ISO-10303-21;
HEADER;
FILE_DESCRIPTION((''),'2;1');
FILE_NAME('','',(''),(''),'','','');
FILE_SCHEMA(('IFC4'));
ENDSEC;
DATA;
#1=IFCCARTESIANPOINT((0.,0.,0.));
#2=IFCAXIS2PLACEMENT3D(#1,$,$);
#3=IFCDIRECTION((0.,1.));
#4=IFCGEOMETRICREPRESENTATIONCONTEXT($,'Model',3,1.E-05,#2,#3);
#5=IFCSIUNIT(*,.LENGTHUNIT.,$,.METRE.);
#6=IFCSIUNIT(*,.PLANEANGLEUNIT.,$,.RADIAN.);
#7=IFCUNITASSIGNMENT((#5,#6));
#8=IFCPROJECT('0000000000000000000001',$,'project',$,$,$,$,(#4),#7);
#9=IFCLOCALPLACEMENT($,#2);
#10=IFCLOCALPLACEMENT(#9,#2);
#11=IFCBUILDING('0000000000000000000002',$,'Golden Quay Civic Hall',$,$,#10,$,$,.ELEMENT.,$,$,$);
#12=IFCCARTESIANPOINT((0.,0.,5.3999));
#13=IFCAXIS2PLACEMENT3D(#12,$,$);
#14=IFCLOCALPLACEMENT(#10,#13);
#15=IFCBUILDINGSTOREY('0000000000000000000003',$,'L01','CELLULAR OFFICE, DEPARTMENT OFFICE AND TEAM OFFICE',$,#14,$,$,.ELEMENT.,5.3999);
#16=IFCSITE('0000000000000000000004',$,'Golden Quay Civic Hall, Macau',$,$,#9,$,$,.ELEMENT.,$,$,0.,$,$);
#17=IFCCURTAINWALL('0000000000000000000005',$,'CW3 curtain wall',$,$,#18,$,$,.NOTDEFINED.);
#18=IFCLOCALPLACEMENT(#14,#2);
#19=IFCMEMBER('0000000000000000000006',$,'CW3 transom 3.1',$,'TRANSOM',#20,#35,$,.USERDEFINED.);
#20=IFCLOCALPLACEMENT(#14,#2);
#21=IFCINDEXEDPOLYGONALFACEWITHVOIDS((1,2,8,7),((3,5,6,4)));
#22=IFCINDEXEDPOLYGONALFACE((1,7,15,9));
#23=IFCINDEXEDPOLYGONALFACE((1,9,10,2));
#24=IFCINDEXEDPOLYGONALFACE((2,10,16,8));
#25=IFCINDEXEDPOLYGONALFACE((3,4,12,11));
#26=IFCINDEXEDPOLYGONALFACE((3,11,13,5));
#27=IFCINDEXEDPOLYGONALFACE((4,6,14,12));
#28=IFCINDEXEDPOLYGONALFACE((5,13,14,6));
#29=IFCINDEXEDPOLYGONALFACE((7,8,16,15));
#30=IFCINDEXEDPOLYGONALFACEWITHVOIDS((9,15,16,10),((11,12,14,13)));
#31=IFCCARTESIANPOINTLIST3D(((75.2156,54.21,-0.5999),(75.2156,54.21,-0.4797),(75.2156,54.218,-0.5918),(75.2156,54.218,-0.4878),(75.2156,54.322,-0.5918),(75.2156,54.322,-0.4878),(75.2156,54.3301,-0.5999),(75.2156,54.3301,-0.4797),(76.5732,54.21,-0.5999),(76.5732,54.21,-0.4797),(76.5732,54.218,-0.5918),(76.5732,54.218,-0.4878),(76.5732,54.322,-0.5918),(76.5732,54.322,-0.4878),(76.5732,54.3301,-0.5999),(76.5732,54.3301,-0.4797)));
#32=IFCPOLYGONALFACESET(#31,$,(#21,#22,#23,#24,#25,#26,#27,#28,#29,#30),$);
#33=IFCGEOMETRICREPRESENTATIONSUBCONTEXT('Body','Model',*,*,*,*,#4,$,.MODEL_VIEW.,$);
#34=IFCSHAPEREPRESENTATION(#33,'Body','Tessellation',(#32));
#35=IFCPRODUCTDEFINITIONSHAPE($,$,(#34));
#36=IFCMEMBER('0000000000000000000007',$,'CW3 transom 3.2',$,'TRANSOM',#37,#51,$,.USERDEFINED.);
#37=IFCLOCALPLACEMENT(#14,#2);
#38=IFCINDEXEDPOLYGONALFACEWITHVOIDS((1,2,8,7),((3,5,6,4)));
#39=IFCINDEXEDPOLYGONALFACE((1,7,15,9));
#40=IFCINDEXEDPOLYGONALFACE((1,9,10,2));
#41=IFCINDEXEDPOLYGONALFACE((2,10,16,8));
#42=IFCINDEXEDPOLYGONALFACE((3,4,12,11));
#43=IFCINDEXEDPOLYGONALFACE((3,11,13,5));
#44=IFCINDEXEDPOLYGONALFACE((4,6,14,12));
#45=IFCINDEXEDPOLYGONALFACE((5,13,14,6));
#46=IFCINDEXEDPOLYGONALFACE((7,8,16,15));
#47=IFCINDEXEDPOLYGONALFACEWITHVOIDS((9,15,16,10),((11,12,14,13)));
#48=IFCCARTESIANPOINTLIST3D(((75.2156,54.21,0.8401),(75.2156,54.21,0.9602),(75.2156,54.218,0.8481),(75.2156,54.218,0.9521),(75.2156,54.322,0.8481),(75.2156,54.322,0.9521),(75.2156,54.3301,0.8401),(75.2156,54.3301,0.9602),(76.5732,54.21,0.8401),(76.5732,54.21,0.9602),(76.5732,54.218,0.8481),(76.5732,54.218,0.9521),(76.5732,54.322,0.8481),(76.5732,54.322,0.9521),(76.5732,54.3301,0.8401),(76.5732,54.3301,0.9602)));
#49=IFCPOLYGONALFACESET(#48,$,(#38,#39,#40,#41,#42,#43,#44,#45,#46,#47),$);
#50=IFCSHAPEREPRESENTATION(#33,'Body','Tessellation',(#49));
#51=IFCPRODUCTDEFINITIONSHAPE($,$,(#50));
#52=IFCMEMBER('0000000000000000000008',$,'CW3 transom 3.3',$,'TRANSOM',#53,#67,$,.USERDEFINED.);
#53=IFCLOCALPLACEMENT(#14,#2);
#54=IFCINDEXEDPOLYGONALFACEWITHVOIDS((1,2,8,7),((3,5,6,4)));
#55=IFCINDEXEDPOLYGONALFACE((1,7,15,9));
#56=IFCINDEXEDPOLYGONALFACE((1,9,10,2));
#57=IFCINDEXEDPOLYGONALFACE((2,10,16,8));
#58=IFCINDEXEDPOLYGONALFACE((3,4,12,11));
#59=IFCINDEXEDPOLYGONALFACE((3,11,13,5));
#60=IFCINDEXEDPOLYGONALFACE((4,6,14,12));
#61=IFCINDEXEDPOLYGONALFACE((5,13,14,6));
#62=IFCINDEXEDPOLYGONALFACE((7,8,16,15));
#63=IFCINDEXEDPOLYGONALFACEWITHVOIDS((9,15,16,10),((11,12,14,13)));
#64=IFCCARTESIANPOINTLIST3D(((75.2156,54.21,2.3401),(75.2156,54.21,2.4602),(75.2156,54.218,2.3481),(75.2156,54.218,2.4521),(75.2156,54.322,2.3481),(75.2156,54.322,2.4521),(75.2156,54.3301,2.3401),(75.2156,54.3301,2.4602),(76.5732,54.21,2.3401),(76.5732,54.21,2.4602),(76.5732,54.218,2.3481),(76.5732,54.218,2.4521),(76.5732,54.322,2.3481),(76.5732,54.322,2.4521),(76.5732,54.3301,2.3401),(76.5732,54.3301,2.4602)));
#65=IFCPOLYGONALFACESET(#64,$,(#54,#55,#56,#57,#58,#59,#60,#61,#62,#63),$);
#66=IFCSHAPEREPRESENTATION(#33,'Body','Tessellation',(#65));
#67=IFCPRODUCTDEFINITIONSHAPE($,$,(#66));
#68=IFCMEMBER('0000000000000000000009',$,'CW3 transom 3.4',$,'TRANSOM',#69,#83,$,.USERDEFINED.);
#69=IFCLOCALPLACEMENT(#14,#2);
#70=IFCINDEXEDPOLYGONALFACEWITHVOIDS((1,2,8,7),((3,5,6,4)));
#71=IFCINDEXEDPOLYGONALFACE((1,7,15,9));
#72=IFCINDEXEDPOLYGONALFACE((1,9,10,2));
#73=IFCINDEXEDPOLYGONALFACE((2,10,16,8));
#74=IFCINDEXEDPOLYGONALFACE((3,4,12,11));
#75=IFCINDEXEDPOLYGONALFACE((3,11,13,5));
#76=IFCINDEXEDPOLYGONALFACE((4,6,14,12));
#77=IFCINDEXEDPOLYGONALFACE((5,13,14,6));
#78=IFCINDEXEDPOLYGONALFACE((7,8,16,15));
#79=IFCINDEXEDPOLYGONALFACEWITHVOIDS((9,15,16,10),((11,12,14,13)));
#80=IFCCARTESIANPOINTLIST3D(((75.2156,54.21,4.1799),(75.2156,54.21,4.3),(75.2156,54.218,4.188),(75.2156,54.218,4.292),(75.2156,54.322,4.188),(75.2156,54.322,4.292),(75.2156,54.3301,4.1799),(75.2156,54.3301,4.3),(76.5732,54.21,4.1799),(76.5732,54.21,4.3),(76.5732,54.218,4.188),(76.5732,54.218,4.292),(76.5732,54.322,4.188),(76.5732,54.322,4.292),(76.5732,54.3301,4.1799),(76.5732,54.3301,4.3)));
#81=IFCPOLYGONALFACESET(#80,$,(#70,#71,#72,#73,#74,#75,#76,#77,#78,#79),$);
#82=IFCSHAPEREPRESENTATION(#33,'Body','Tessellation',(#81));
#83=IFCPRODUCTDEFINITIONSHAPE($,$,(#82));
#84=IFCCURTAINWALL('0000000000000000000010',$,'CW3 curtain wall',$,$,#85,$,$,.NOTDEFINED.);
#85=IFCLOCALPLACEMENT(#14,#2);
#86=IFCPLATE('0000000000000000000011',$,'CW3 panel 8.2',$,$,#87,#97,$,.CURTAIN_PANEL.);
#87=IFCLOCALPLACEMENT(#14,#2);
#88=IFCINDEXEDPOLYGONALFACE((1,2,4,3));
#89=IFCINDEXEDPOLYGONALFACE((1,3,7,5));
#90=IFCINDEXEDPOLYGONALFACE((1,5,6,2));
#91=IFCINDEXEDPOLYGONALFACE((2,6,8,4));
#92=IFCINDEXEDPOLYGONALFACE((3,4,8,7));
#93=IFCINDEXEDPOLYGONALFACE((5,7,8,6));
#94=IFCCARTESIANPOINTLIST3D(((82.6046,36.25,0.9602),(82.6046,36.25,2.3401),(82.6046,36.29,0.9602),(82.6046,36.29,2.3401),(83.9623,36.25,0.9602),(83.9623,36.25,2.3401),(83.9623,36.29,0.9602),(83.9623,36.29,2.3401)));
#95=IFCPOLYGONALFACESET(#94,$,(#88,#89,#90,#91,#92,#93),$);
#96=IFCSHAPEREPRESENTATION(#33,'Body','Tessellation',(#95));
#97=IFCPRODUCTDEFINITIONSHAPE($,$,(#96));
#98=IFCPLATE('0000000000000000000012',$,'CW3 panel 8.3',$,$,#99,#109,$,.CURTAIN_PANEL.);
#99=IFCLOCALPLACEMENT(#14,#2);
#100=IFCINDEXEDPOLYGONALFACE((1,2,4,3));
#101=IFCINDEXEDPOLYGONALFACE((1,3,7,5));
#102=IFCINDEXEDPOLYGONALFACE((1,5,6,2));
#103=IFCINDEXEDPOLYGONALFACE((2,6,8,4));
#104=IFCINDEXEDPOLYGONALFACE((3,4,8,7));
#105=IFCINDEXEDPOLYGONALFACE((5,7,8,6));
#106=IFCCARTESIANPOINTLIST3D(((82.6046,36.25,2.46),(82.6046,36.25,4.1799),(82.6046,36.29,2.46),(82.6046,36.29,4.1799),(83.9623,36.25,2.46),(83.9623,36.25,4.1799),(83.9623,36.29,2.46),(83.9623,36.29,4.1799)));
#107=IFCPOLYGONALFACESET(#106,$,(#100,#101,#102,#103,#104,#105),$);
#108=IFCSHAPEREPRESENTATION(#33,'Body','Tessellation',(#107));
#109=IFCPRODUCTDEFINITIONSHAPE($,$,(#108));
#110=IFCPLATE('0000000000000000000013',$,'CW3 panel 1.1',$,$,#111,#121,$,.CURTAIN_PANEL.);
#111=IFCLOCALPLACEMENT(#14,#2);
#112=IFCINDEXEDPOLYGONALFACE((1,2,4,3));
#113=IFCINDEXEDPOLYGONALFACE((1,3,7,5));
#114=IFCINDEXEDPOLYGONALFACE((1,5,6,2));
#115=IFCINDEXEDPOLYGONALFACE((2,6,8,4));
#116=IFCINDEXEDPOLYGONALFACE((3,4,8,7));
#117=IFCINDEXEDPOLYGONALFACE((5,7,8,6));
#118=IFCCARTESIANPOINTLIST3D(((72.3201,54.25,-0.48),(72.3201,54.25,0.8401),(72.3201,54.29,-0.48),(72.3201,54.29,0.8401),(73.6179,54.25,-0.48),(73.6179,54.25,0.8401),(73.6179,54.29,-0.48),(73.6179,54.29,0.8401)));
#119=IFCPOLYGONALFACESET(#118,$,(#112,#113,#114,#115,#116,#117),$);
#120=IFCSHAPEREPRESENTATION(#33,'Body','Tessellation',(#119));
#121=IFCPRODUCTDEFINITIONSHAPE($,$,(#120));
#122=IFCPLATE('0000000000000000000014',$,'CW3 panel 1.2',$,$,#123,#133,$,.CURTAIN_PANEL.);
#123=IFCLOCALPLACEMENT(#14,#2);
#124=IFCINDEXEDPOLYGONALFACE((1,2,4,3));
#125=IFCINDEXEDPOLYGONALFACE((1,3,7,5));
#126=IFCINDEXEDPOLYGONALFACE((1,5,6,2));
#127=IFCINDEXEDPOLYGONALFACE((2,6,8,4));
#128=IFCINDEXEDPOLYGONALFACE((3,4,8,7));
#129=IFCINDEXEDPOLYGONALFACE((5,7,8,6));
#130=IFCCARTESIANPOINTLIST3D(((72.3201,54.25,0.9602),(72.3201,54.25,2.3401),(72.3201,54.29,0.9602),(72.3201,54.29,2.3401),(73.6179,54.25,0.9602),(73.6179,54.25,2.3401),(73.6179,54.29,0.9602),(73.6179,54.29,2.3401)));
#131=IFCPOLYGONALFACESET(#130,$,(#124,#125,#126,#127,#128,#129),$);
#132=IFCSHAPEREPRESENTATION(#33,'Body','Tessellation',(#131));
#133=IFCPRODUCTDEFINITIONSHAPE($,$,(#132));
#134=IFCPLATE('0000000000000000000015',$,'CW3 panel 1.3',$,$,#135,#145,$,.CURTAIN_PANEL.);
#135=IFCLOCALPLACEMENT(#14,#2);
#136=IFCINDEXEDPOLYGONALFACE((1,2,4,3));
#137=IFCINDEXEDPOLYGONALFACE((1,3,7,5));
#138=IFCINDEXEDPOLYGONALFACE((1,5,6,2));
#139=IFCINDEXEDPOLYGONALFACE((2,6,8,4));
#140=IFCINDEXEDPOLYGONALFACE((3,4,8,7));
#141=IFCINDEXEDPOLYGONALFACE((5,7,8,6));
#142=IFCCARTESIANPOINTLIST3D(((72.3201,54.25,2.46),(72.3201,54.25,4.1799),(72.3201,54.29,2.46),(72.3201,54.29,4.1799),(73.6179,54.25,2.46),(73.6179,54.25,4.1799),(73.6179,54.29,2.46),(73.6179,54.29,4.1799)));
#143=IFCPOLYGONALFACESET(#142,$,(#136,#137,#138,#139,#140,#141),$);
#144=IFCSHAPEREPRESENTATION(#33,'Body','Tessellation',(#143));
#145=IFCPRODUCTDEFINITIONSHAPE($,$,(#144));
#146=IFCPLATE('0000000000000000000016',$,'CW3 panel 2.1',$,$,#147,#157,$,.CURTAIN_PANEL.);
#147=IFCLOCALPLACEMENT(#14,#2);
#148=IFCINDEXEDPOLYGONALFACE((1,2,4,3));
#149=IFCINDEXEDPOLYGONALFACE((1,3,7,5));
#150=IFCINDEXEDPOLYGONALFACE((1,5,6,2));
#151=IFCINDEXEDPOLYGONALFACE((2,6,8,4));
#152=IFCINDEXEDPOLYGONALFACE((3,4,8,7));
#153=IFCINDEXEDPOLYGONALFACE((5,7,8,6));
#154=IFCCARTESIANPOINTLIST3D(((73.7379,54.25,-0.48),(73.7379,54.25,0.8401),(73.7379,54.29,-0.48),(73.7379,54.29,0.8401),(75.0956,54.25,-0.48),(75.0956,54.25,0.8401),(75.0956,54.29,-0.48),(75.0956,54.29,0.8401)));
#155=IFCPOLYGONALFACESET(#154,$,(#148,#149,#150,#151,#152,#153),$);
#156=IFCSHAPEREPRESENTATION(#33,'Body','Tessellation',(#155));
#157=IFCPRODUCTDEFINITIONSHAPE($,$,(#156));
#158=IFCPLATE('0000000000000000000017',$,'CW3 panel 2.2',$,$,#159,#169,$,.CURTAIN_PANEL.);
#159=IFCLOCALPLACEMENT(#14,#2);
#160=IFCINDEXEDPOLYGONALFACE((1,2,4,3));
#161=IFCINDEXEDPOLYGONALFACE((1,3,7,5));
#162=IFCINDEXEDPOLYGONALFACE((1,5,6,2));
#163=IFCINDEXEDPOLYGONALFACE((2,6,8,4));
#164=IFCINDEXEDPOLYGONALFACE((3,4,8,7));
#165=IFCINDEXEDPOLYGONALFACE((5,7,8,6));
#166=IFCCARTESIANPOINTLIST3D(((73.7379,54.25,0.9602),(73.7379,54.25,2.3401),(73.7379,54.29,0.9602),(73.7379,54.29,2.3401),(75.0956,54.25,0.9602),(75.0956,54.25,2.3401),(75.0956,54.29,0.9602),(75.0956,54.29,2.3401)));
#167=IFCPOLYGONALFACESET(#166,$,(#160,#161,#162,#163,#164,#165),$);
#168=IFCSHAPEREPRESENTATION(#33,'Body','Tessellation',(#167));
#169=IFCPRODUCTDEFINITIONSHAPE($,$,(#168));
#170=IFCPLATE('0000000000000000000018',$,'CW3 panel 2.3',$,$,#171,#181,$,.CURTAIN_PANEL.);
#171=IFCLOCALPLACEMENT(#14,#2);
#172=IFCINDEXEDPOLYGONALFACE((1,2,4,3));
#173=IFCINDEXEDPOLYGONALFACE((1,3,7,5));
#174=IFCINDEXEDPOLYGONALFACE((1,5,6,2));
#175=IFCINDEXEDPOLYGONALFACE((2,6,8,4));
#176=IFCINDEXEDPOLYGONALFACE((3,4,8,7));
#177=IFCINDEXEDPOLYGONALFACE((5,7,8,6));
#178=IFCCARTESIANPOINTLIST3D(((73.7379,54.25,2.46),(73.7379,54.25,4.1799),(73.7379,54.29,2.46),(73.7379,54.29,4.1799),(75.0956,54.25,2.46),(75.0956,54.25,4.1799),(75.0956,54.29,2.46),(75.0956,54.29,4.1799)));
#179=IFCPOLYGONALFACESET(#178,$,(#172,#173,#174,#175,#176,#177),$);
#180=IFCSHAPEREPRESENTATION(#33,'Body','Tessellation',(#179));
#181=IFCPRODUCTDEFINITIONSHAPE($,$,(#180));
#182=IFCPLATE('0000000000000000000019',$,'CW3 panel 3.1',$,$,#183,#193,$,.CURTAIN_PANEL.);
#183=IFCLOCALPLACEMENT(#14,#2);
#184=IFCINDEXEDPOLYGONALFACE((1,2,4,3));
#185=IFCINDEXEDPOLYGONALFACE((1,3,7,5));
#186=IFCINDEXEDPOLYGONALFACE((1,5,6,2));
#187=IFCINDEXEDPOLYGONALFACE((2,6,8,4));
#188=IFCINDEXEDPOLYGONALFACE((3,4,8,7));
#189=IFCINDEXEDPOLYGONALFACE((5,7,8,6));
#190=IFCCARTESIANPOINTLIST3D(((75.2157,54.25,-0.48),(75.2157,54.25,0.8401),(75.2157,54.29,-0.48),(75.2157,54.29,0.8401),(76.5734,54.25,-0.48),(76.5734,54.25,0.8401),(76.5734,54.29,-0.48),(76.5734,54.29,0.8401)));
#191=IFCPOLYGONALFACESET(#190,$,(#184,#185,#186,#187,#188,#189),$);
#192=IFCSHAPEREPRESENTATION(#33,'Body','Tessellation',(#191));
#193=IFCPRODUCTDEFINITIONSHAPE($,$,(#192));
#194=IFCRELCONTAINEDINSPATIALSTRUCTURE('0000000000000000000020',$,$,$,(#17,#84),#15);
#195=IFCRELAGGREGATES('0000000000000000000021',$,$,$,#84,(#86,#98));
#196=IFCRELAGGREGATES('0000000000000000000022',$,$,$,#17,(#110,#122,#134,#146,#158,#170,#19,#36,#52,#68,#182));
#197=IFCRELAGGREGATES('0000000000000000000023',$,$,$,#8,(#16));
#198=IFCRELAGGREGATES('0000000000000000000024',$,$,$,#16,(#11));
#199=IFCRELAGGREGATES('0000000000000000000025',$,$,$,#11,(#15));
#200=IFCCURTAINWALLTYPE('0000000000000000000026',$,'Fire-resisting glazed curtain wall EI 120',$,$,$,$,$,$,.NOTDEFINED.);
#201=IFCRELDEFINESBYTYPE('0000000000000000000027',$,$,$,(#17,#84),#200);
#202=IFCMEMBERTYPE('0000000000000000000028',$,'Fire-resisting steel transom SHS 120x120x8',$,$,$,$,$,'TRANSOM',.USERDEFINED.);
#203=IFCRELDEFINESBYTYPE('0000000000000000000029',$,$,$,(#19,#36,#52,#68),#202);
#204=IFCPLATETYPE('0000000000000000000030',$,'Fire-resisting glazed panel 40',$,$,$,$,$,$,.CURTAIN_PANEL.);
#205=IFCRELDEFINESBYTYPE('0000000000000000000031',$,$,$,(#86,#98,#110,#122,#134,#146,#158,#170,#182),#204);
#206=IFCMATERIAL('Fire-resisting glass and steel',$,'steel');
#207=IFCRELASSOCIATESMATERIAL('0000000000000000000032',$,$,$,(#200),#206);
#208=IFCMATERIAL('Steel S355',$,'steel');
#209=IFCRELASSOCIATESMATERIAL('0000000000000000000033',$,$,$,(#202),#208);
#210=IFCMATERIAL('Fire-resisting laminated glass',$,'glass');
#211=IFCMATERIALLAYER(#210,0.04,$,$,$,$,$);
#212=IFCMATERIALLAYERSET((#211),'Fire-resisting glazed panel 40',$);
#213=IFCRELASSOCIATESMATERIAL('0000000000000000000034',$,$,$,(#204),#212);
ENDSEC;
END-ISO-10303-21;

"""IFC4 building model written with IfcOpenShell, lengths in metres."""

from ifc_helpers import new_model, si_unit, direction, frame, origin, origin_2d, place, context, subcontext, project, spatial, rectangle, hollow_rectangle, extrude, material, layer, layer_set, material_profile, profile_set, type_object, element, aggregate, save


model = new_model("IFC4")

# Units and contexts
model_context = context("Model", 3, precision=1e-05, world=origin(), true_north=direction((0.0, 1.0)))
body_context = subcontext(model_context, "Body", "Model", "MODEL_VIEW")
ifc_project = project(units=[si_unit("LENGTHUNIT", "METRE"), si_unit("PLANEANGLEUNIT", "RADIAN")], contexts=[model_context])

# Site, building, storey
site_placement = place(None, origin())
site = spatial("IfcSite", under=ifc_project, at=site_placement, Name="Golden Quay Civic Hall, Macau", CompositionType="ELEMENT", RefElevation=0.0)
building_placement = place(site_placement, origin())
building = spatial("IfcBuilding", under=site, at=building_placement, Name="Golden Quay Civic Hall", CompositionType="ELEMENT")
storey_placement = place(building_placement, frame((0.0, 0.0, 5.3999)))
storey = spatial("IfcBuildingStorey", under=building, at=storey_placement, Name="L01", Description="CELLULAR OFFICE, DEPARTMENT OFFICE AND TEAM OFFICE", CompositionType="ELEMENT", Elevation=5.3999)

# Curtain wall, members
ifc_material_1 = material(Name="Fire-resisting glass and steel", Category="steel")
curtain_wall_type = type_object("IfcCurtainWallType", Name="Fire-resisting glazed curtain wall EI 120", PredefinedType="NOTDEFINED", material=ifc_material_1)
curtain_wall_1_placement = place(storey_placement, origin())
curtain_wall_1 = element("IfcCurtainWall", 1, at=curtain_wall_1_placement, inside=storey, type_object=curtain_wall_type, Name="CW3 curtain wall", PredefinedType="NOTDEFINED")
ifc_material_2 = material(Name="Steel S355", Category="steel")
ifc_material_profile_1 = material_profile(ifc_material_2, hollow_rectangle(XDim=0.1201, YDim=0.1201, WallThickness=0.0081, at=origin_2d()), Name="SHS 120x120x8")
ifc_profile_set_1 = profile_set([ifc_material_profile_1], Name="Steel S355")
member_type_1 = type_object("IfcMemberType", Name="Fire-resisting steel transom SHS 120x120x8", ElementType="TRANSOM", PredefinedType="USERDEFINED", material=ifc_profile_set_1)
member_1_placement = place(storey_placement, frame((75.2156, 54.27, -0.5398), z_axis=(1.0, 0.0, 0.0), x_axis=(0.0, 1.0, 0.0)))
member_1 = element("IfcMember", 2, at=member_1_placement, type_object=member_type_1, Name="CW3 transom 3.1", ObjectType="TRANSOM", PredefinedType="USERDEFINED", context=body_context, shape_type="SweptSolid", body=[
    extrude(hollow_rectangle(XDim=0.1201, YDim=0.1201, WallThickness=0.0081, at=origin_2d()), origin(), (0.0, 0.0, 1.0), 1.3577),
])
member_2_placement = place(storey_placement, frame((75.2156, 54.27, 0.9001), z_axis=(1.0, 0.0, 0.0), x_axis=(0.0, 1.0, 0.0)))
member_2 = element("IfcMember", 3, at=member_2_placement, type_object=member_type_1, Name="CW3 transom 3.2", ObjectType="TRANSOM", PredefinedType="USERDEFINED", context=body_context, shape_type="SweptSolid", body=[
    extrude(hollow_rectangle(XDim=0.1201, YDim=0.1201, WallThickness=0.0081, at=origin_2d()), origin(), (0.0, 0.0, 1.0), 1.3577),
])
member_3_placement = place(storey_placement, frame((75.2156, 54.27, 2.4001), z_axis=(1.0, 0.0, 0.0), x_axis=(0.0, 1.0, 0.0)))
member_3 = element("IfcMember", 4, at=member_3_placement, type_object=member_type_1, Name="CW3 transom 3.3", ObjectType="TRANSOM", PredefinedType="USERDEFINED", context=body_context, shape_type="SweptSolid", body=[
    extrude(hollow_rectangle(XDim=0.1201, YDim=0.1201, WallThickness=0.0081, at=origin_2d()), origin(), (0.0, 0.0, 1.0), 1.3577),
])
member_4_placement = place(storey_placement, frame((75.2156, 54.27, 4.24), z_axis=(1.0, 0.0, 0.0), x_axis=(0.0, 1.0, 0.0)))
member_4 = element("IfcMember", 5, at=member_4_placement, type_object=member_type_1, Name="CW3 transom 3.4", ObjectType="TRANSOM", PredefinedType="USERDEFINED", context=body_context, shape_type="SweptSolid", body=[
    extrude(hollow_rectangle(XDim=0.1201, YDim=0.1201, WallThickness=0.0081, at=origin_2d()), origin(), (0.0, 0.0, 1.0), 1.3577),
])

# Curtain wall, plates
curtain_wall_2_placement = place(storey_placement, origin())
curtain_wall_2 = element("IfcCurtainWall", 6, at=curtain_wall_2_placement, inside=storey, type_object=curtain_wall_type, Name="CW3 curtain wall", PredefinedType="NOTDEFINED")
ifc_material_3 = material(Name="Fire-resisting laminated glass", Category="glass")
ifc_layer = layer(ifc_material_3, 0.04)
ifc_layer_set = layer_set([ifc_layer], Name="Fire-resisting glazed panel 40")
plate_type = type_object("IfcPlateType", Name="Fire-resisting glazed panel 40", PredefinedType="CURTAIN_PANEL", material=ifc_layer_set)
plate_1_placement = place(storey_placement, frame((83.2834, 36.27, 0.9602), z_axis=(0.0, 0.0, 1.0), x_axis=(1.0, 0.0, 0.0)))
plate_1 = element("IfcPlate", 7, at=plate_1_placement, type_object=plate_type, Name="CW3 panel 8.2", PredefinedType="CURTAIN_PANEL", context=body_context, shape_type="SweptSolid", body=[
    extrude(rectangle(XDim=1.3577, YDim=0.04, at=origin_2d()), origin(), (0.0, 0.0, 1.0), 1.3799),
])
plate_2_placement = place(storey_placement, frame((83.2834, 36.27, 2.46), z_axis=(0.0, 0.0, 1.0), x_axis=(1.0, 0.0, 0.0)))
plate_2 = element("IfcPlate", 8, at=plate_2_placement, type_object=plate_type, Name="CW3 panel 8.3", PredefinedType="CURTAIN_PANEL", context=body_context, shape_type="SweptSolid", body=[
    extrude(rectangle(XDim=1.3577, YDim=0.04, at=origin_2d()), origin(), (0.0, 0.0, 1.0), 1.72),
])
aggregate(curtain_wall_2, [plate_1, plate_2])

# Plates
plate_3_placement = place(storey_placement, frame((72.969, 54.27, -0.48), z_axis=(0.0, 0.0, 1.0), x_axis=(1.0, 0.0, 0.0)))
plate_3 = element("IfcPlate", 9, at=plate_3_placement, type_object=plate_type, Name="CW3 panel 1.1", PredefinedType="CURTAIN_PANEL", context=body_context, shape_type="SweptSolid", body=[
    extrude(rectangle(XDim=1.2979, YDim=0.04, at=origin_2d()), origin(), (0.0, 0.0, 1.0), 1.3201),
])
plate_4_placement = place(storey_placement, frame((72.969, 54.27, 0.9602), z_axis=(0.0, 0.0, 1.0), x_axis=(1.0, 0.0, 0.0)))
plate_4 = element("IfcPlate", 10, at=plate_4_placement, type_object=plate_type, Name="CW3 panel 1.2", PredefinedType="CURTAIN_PANEL", context=body_context, shape_type="SweptSolid", body=[
    extrude(rectangle(XDim=1.2979, YDim=0.04, at=origin_2d()), origin(), (0.0, 0.0, 1.0), 1.3799),
])
plate_5_placement = place(storey_placement, frame((72.969, 54.27, 2.46), z_axis=(0.0, 0.0, 1.0), x_axis=(1.0, 0.0, 0.0)))
plate_5 = element("IfcPlate", 11, at=plate_5_placement, type_object=plate_type, Name="CW3 panel 1.3", PredefinedType="CURTAIN_PANEL", context=body_context, shape_type="SweptSolid", body=[
    extrude(rectangle(XDim=1.2979, YDim=0.04, at=origin_2d()), origin(), (0.0, 0.0, 1.0), 1.72),
])
plate_6_placement = place(storey_placement, frame((74.4167, 54.27, -0.48), z_axis=(0.0, 0.0, 1.0), x_axis=(1.0, 0.0, 0.0)))
plate_6 = element("IfcPlate", 12, at=plate_6_placement, type_object=plate_type, Name="CW3 panel 2.1", PredefinedType="CURTAIN_PANEL", context=body_context, shape_type="SweptSolid", body=[
    extrude(rectangle(XDim=1.3577, YDim=0.04, at=origin_2d()), origin(), (0.0, 0.0, 1.0), 1.3201),
])
plate_7_placement = place(storey_placement, frame((74.4167, 54.27, 0.9602), z_axis=(0.0, 0.0, 1.0), x_axis=(1.0, 0.0, 0.0)))
plate_7 = element("IfcPlate", 13, at=plate_7_placement, type_object=plate_type, Name="CW3 panel 2.2", PredefinedType="CURTAIN_PANEL", context=body_context, shape_type="SweptSolid", body=[
    extrude(rectangle(XDim=1.3577, YDim=0.04, at=origin_2d()), origin(), (0.0, 0.0, 1.0), 1.3799),
])
plate_8_placement = place(storey_placement, frame((74.4167, 54.27, 2.46), z_axis=(0.0, 0.0, 1.0), x_axis=(1.0, 0.0, 0.0)))
plate_8 = element("IfcPlate", 14, at=plate_8_placement, type_object=plate_type, Name="CW3 panel 2.3", PredefinedType="CURTAIN_PANEL", context=body_context, shape_type="SweptSolid", body=[
    extrude(rectangle(XDim=1.3577, YDim=0.04, at=origin_2d()), origin(), (0.0, 0.0, 1.0), 1.72),
])
plate_9_placement = place(storey_placement, frame((75.8945, 54.27, -0.48), z_axis=(0.0, 0.0, 1.0), x_axis=(1.0, 0.0, 0.0)))
plate_9 = element("IfcPlate", 15, at=plate_9_placement, type_object=plate_type, Name="CW3 panel 3.1", PredefinedType="CURTAIN_PANEL", context=body_context, shape_type="SweptSolid", body=[
    extrude(rectangle(XDim=1.3577, YDim=0.04, at=origin_2d()), origin(), (0.0, 0.0, 1.0), 1.3201),
])
aggregate(curtain_wall_1, [plate_3, plate_4, plate_5, plate_6, plate_7, plate_8, member_1, member_2, member_3, member_4, plate_9])

save(model, "model.ifc")
